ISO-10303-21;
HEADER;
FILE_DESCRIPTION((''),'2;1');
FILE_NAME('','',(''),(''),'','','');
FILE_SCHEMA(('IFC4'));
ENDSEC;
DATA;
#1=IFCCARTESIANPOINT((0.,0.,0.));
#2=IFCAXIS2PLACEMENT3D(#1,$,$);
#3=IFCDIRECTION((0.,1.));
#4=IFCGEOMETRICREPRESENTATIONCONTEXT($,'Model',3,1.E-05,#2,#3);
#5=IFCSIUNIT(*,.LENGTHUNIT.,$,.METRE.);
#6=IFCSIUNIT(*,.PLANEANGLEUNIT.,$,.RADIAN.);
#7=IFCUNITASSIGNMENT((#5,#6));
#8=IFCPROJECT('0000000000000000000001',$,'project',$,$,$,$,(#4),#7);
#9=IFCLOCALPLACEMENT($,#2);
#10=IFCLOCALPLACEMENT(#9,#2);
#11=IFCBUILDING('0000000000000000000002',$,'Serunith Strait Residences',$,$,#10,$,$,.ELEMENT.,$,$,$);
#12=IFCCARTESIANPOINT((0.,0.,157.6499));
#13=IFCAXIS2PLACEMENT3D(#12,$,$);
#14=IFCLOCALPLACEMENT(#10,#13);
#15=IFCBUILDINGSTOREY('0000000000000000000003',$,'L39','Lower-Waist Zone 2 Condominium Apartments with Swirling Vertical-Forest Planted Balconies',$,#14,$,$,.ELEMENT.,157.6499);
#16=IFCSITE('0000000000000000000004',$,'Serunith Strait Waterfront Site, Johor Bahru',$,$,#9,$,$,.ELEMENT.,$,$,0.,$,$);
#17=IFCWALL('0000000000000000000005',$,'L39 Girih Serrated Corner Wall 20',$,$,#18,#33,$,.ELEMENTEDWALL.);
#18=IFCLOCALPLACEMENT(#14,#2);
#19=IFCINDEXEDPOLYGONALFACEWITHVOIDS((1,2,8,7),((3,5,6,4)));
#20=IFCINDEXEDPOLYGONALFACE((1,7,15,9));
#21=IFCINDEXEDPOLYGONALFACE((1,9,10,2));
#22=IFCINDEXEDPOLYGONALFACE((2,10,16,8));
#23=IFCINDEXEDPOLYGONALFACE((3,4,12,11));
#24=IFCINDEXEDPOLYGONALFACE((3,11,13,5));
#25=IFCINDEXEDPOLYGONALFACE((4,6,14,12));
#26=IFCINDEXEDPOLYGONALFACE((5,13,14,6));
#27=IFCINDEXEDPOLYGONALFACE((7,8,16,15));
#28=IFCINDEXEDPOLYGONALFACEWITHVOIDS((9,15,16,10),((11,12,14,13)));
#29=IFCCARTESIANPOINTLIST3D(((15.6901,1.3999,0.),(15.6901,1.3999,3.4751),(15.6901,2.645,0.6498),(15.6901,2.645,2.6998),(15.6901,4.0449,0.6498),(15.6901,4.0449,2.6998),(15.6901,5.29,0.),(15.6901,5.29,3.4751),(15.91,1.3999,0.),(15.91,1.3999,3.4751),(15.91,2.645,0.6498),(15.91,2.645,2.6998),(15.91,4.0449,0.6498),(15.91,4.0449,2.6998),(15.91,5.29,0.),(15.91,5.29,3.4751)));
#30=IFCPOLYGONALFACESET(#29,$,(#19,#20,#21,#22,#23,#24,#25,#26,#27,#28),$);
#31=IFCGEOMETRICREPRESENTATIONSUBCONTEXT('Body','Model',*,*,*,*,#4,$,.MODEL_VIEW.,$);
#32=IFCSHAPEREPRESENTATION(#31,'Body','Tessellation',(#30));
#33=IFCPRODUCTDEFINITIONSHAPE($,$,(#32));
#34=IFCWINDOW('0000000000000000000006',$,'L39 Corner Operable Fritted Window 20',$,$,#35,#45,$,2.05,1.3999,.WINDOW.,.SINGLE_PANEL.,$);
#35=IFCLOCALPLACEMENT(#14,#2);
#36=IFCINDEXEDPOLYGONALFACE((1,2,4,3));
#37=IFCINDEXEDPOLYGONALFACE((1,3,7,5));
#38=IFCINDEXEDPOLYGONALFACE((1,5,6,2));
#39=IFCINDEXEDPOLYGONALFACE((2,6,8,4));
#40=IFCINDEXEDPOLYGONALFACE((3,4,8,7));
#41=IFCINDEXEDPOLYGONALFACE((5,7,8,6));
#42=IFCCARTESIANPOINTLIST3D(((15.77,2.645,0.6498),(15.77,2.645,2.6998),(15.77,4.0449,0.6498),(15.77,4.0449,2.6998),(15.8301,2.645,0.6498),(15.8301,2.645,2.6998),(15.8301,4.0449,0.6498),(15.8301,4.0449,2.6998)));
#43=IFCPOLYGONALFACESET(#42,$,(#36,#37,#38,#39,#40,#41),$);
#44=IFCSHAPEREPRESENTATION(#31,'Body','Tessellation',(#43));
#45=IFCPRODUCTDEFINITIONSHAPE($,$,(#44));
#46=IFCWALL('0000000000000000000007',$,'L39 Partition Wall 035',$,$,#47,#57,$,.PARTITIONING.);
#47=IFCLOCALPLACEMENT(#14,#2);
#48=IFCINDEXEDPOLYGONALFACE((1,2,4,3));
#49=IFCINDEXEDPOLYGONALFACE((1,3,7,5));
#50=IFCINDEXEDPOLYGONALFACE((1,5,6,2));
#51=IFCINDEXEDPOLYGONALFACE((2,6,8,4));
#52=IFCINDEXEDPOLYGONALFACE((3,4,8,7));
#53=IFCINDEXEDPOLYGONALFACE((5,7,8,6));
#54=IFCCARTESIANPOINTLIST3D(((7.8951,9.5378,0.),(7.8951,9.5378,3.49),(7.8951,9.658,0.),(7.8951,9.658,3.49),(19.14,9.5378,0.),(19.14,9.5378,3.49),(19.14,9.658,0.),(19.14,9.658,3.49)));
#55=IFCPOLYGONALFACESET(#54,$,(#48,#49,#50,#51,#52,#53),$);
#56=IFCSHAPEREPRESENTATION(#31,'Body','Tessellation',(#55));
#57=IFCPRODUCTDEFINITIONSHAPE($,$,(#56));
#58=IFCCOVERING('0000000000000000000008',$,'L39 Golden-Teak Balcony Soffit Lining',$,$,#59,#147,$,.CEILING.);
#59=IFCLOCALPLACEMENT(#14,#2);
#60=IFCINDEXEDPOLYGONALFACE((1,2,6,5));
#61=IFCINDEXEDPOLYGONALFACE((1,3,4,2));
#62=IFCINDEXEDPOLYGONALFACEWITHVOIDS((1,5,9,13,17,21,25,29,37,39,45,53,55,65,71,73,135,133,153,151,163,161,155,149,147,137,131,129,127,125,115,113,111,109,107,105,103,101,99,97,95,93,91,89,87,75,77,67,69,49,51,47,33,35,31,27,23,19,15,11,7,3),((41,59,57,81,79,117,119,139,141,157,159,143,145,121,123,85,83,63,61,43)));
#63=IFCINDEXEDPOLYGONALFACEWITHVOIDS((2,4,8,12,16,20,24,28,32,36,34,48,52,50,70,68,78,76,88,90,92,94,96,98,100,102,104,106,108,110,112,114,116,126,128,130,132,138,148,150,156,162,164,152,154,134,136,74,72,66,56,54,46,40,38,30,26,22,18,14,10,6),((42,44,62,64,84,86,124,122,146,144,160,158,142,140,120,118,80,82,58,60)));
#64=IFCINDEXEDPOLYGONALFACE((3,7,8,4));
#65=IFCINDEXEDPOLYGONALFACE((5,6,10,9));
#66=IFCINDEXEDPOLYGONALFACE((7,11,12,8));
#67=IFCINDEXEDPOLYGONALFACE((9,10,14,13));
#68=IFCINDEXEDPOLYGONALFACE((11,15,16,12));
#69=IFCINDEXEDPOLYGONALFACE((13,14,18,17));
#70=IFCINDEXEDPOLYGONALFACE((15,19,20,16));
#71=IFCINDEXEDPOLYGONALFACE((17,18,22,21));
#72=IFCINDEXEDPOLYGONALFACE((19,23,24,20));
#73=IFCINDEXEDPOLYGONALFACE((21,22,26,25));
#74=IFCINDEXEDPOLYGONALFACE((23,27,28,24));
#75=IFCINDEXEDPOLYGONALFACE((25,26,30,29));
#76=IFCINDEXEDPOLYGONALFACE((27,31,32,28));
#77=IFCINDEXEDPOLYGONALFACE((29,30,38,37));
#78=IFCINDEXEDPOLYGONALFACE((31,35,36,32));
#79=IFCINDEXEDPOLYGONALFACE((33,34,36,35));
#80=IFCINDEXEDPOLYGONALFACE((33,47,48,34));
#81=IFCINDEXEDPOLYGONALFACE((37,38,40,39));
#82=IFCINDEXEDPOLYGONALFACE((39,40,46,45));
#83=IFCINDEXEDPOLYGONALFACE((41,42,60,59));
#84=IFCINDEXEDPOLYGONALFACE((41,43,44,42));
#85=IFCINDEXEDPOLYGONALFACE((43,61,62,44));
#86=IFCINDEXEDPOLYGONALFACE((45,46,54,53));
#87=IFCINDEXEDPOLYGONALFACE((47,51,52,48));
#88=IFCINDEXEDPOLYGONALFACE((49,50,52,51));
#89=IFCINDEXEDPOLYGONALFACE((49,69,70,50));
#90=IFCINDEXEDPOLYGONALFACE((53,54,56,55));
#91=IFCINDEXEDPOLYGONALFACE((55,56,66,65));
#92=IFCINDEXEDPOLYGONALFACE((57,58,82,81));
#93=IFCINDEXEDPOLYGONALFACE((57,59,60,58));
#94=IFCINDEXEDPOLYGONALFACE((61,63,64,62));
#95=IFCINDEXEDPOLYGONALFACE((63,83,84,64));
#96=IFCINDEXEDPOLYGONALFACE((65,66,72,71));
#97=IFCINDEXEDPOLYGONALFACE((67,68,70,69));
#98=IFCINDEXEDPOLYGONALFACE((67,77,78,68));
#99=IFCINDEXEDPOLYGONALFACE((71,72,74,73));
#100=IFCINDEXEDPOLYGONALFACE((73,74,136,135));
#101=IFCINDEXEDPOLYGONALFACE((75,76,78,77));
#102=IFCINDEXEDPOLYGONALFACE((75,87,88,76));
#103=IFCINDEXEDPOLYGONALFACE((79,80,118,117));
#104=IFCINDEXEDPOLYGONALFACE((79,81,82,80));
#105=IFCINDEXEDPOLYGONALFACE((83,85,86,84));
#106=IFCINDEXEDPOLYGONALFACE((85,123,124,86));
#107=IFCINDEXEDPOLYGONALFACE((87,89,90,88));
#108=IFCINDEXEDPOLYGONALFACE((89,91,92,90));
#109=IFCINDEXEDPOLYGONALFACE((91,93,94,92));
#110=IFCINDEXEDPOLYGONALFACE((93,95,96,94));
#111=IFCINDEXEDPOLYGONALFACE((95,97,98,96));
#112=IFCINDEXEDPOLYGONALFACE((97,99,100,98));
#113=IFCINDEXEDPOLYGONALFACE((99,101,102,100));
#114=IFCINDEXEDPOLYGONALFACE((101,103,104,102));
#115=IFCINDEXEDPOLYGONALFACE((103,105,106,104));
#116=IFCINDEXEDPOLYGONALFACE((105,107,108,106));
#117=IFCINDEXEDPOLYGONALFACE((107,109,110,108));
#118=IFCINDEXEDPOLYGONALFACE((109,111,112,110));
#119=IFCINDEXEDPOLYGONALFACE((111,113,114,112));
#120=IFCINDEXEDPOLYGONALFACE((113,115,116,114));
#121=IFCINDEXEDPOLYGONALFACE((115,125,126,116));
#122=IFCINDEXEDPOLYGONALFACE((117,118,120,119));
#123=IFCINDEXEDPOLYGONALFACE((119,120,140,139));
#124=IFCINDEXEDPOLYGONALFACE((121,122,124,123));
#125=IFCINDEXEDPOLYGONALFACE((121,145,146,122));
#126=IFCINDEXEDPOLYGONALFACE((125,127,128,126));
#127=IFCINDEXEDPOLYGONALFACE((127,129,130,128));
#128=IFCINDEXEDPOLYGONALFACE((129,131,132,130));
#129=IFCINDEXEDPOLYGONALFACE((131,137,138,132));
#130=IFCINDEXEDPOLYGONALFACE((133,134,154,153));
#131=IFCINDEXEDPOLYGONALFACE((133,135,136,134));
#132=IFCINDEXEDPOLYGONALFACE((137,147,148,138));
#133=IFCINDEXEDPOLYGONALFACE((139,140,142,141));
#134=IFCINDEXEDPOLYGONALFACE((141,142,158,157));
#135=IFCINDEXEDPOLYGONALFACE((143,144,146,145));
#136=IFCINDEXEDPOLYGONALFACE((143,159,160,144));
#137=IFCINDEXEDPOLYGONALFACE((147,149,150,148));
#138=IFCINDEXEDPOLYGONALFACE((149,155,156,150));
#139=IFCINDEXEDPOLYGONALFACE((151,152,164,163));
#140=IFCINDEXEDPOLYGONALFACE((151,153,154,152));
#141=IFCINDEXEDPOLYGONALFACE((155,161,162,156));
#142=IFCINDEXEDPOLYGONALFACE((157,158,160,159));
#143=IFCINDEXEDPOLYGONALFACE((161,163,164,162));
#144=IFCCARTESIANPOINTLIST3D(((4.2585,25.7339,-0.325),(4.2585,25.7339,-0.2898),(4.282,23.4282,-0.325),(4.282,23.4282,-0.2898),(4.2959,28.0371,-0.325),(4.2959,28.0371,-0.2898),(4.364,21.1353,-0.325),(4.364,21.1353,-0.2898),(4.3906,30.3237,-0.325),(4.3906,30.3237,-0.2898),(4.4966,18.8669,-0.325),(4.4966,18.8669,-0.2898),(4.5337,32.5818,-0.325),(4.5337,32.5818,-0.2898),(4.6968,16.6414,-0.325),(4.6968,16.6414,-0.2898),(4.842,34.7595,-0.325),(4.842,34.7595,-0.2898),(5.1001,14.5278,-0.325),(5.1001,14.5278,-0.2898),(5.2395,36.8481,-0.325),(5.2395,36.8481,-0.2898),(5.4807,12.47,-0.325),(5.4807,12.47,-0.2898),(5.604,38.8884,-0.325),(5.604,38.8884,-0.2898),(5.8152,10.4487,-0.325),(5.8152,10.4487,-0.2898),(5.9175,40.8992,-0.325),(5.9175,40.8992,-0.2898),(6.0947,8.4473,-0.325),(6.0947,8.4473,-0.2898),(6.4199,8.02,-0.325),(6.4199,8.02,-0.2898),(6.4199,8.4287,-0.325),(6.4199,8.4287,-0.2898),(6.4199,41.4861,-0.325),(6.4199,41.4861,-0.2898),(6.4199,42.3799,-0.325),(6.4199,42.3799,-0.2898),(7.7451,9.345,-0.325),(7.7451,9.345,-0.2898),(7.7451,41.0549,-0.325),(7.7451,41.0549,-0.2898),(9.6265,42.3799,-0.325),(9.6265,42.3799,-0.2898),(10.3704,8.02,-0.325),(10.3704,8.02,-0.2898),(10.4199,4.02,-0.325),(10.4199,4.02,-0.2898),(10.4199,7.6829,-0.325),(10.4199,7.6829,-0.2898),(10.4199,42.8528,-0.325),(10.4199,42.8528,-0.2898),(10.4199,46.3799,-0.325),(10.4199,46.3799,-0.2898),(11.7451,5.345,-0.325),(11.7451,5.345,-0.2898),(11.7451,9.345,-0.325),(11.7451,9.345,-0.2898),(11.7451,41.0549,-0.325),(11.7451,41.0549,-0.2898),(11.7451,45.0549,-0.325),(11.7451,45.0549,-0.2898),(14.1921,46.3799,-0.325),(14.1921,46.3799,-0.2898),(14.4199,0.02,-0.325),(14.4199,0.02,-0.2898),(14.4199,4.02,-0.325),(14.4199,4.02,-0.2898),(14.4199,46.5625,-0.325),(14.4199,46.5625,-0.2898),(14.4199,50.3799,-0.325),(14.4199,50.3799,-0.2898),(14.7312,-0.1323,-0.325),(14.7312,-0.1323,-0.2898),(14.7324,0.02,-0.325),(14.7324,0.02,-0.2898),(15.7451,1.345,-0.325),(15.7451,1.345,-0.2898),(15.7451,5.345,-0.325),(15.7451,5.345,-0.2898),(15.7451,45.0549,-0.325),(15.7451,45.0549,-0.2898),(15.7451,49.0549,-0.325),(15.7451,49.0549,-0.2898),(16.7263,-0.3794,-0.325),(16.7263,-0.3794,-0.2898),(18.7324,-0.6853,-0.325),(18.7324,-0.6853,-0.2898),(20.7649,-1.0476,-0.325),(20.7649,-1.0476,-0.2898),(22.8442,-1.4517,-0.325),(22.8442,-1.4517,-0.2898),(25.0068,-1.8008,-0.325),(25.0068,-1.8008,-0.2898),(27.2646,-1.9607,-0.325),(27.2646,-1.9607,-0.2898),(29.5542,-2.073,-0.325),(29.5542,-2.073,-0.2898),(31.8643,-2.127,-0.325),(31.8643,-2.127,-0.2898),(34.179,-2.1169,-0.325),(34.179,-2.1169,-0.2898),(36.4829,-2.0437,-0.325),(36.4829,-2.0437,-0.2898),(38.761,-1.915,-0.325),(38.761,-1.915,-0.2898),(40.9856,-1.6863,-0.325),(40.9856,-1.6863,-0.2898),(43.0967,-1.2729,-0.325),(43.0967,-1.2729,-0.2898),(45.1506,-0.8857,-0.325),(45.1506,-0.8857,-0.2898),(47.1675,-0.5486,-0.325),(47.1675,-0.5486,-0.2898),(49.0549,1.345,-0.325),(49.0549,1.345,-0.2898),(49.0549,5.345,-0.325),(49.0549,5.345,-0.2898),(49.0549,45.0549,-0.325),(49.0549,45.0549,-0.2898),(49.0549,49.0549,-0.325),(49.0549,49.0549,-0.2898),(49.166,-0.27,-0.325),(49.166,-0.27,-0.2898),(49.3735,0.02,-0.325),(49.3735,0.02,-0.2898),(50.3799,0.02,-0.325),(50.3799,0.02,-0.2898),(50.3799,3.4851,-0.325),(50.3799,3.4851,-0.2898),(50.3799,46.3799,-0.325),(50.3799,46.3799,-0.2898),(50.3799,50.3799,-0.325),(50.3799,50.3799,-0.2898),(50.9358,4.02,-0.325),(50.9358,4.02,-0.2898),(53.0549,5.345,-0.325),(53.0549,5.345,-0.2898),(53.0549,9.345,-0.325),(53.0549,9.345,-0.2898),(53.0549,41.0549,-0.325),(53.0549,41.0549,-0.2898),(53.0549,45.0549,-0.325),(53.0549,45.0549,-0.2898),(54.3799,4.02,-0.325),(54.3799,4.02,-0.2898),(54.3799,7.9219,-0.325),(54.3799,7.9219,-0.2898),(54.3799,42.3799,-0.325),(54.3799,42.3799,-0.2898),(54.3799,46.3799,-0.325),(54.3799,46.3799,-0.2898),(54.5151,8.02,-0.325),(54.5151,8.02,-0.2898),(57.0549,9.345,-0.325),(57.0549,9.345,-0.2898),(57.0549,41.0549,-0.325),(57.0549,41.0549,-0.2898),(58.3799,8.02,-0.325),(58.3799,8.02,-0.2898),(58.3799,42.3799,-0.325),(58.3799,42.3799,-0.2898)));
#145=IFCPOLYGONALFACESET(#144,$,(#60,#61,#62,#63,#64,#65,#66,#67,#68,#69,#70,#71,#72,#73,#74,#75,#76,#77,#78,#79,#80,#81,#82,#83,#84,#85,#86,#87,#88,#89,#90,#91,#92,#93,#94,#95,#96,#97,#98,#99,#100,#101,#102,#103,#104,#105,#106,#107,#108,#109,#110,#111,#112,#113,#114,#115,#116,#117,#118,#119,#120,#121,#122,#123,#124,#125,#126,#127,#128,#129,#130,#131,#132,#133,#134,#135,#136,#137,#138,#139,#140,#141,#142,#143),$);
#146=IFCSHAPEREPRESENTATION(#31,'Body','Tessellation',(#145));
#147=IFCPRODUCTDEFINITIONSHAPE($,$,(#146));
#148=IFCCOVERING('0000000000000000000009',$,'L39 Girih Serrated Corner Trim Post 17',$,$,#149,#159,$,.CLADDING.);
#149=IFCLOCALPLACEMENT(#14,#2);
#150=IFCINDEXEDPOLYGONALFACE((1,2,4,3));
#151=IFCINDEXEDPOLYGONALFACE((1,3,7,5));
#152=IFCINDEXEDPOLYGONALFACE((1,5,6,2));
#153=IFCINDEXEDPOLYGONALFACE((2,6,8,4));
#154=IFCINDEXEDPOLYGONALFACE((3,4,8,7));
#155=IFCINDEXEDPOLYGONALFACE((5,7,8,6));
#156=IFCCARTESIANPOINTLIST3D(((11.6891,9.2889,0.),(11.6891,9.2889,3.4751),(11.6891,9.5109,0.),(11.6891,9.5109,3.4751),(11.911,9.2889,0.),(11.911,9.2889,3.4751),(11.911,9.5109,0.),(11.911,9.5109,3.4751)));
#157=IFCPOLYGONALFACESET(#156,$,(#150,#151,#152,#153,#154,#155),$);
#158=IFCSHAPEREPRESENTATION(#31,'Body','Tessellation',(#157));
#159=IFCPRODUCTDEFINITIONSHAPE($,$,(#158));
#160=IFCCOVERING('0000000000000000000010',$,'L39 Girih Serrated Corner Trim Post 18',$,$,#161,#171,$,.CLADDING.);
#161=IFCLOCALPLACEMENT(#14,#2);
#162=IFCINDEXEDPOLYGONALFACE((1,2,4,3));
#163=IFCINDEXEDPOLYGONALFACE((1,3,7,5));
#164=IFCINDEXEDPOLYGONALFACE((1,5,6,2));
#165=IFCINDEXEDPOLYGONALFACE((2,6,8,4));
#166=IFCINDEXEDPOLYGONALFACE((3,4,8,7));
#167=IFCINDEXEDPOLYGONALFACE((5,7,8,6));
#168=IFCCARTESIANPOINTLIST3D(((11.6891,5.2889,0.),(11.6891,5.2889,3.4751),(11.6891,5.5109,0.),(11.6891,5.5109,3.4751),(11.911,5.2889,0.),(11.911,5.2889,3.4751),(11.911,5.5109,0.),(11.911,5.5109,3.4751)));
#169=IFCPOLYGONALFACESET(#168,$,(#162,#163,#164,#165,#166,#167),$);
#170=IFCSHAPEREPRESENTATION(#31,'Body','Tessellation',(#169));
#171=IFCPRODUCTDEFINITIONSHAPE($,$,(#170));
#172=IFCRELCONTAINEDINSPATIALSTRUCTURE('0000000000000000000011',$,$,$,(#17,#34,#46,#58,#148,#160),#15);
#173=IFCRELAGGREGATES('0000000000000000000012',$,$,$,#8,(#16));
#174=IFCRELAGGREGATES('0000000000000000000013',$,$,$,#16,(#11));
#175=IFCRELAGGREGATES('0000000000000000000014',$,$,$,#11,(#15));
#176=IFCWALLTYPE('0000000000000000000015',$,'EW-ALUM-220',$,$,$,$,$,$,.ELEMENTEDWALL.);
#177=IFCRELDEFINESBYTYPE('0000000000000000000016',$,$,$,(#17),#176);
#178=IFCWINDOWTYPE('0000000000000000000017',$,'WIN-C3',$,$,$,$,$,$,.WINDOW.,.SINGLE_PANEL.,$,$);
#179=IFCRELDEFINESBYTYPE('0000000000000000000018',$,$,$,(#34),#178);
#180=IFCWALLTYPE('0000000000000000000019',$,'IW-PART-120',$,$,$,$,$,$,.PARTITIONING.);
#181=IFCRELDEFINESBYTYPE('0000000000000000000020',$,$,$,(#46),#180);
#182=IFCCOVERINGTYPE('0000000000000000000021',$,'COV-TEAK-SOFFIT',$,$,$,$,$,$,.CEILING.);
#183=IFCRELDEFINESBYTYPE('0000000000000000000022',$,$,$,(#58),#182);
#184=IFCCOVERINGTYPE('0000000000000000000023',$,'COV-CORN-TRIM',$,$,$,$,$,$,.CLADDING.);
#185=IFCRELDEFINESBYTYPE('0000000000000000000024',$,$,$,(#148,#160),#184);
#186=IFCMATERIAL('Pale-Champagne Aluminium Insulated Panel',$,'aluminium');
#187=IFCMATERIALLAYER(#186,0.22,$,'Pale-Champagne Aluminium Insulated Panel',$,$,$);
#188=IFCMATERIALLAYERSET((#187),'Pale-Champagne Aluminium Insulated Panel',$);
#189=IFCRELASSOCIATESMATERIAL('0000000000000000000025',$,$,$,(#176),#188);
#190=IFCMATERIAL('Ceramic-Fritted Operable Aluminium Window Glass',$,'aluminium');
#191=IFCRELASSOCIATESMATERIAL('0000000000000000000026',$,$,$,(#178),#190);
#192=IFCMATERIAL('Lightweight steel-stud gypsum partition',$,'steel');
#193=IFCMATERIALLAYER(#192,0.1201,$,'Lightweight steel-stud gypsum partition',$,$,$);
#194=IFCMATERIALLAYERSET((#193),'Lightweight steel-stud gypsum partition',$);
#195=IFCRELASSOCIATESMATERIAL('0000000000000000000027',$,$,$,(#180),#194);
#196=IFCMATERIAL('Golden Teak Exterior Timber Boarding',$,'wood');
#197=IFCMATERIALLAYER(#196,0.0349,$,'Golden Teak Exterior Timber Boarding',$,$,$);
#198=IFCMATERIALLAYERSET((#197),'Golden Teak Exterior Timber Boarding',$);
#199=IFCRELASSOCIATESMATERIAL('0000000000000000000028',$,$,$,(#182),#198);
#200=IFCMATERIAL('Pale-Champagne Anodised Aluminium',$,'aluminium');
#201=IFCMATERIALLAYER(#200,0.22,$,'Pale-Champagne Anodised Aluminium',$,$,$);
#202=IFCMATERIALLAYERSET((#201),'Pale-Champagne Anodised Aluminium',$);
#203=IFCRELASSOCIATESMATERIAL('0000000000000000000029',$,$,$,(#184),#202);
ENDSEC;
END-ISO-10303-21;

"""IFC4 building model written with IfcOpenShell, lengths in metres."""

from ifc_helpers import new_model, si_unit, direction, frame, frame_2d, origin, origin_2d, place, context, subcontext, project, spatial, polyline, rectangle, outline, extrude, source, transform, mapped, material, layer, layer_set, type_object, element, fill, save


model = new_model("IFC4")

# Units and contexts
model_context = context("Model", 3, precision=1e-05, world=origin(), true_north=direction((0.0, 1.0)))
body_context = subcontext(model_context, "Body", "Model", "MODEL_VIEW")
ifc_project = project(units=[si_unit("LENGTHUNIT", "METRE"), si_unit("PLANEANGLEUNIT", "RADIAN")], contexts=[model_context])

# Site, building, storey
site_placement = place(None, origin())
site = spatial("IfcSite", under=ifc_project, at=site_placement, Name="Serunith Strait Waterfront Site, Johor Bahru", CompositionType="ELEMENT", RefElevation=0.0)
building_placement = place(site_placement, origin())
building = spatial("IfcBuilding", under=site, at=building_placement, Name="Serunith Strait Residences", CompositionType="ELEMENT")
storey_placement = place(building_placement, frame((0.0, 0.0, 157.6499)))
storey = spatial("IfcBuildingStorey", under=building, at=storey_placement, Name="L39", Description="Lower-Waist Zone 2 Condominium Apartments with Swirling Vertical-Forest Planted Balconies", CompositionType="ELEMENT", Elevation=157.6499)

# Shared definitions
ifc_material_1 = material(Name="Pale-Champagne Anodised Aluminium", Category="aluminium")

# Shared definitions
ifc_material_2 = material(Name="Pale-Champagne Aluminium Insulated Panel", Category="aluminium")
ifc_layer_1 = layer(ifc_material_2, 0.22, Name="Pale-Champagne Aluminium Insulated Panel")
ifc_layer_set_1 = layer_set([ifc_layer_1], Name="Pale-Champagne Aluminium Insulated Panel")
wall_type_1 = type_object("IfcWallType", Name="EW-ALUM-220", PredefinedType="ELEMENTEDWALL", material=ifc_layer_set_1)

# Wall, opening, window
ifc_material_3 = material(Name="Ceramic-Fritted Operable Aluminium Window Glass", Category="aluminium")
window_type = type_object("IfcWindowType", Name="WIN-C3", PartitioningType="SINGLE_PANEL", PredefinedType="WINDOW", material=ifc_material_3)
shared_shape_1 = source(origin(), body_context, "Body", "SweptSolid", [
    extrude(rectangle(XDim=1.3999, YDim=2.05, at=frame_2d((0.7, 1.0249))), frame((0.0, 0.03, 0.0), z_axis=(0.0, -1.0, 0.0), x_axis=(1.0, 0.0, 0.0)), (0.0, 0.0, 1.0), 0.0601),
])
wall_1_placement = place(storey_placement, frame((15.8, 5.29, 0.0), z_axis=(0.0, 0.0, 1.0), x_axis=(0.0, -1.0, 0.0)))
wall_1 = element("IfcWall", 1, at=wall_1_placement, inside=storey, type_object=wall_type_1, Name="L39 Girih Serrated Corner Wall 20", PredefinedType="ELEMENTEDWALL", context=body_context, shape_type="SweptSolid", body=[
    extrude(rectangle(XDim=3.8901, YDim=0.22, at=frame_2d((1.9451, 0.0))), origin(), (0.0, 0.0, 1.0), 3.4751),
])
opening_1_placement = place(wall_1_placement, frame((1.2451, 0.0, 0.6499)))
opening_1 = element("IfcOpeningElement", 2, at=opening_1_placement, cuts=wall_1, PredefinedType="OPENING", context=body_context, shape_type="SweptSolid", body=[
    extrude(rectangle(XDim=1.3999, YDim=2.05, at=frame_2d((0.7, 1.0249))), frame((0.0, 0.1201, 0.0), z_axis=(0.0, -1.0, 0.0), x_axis=(1.0, 0.0, 0.0)), (0.0, 0.0, 1.0), 0.24),
])
window_1_placement = place(opening_1_placement, origin())
window_1 = element("IfcWindow", 3, at=window_1_placement, inside=storey, type_object=window_type, Name="L39 Corner Operable Fritted Window 20", OverallHeight=2.05, OverallWidth=1.3999, PartitioningType="SINGLE_PANEL", PredefinedType="WINDOW", context=body_context, shape_type="MappedRepresentation", body=[
    mapped(shared_shape_1, transform((0.0, 0.0, 0.0), scale=1.0)),
])
fill(opening_1, window_1)

# Wall
ifc_material_4 = material(Name="Lightweight steel-stud gypsum partition", Category="steel")
ifc_layer_2 = layer(ifc_material_4, 0.1201, Name="Lightweight steel-stud gypsum partition")
ifc_layer_set_2 = layer_set([ifc_layer_2], Name="Lightweight steel-stud gypsum partition")
wall_type_2 = type_object("IfcWallType", Name="IW-PART-120", PredefinedType="PARTITIONING", material=ifc_layer_set_2)
wall_2_placement = place(storey_placement, frame((7.895, 9.5979, 0.0), z_axis=(0.0, 0.0, 1.0), x_axis=(1.0, 0.0, 0.0)))
element("IfcWall", 4, at=wall_2_placement, inside=storey, type_object=wall_type_2, Name="L39 Partition Wall 035", PredefinedType="PARTITIONING", context=body_context, shape_type="SweptSolid", body=[
    extrude(rectangle(XDim=11.2449, YDim=0.1201, at=frame_2d((5.6226, 0.0))), origin(), (0.0, 0.0, 1.0), 3.49),
])

# Covering
ifc_material_5 = material(Name="Golden Teak Exterior Timber Boarding", Category="wood")
ifc_layer_3 = layer(ifc_material_5, 0.0349, Name="Golden Teak Exterior Timber Boarding")
ifc_layer_set_3 = layer_set([ifc_layer_3], Name="Golden Teak Exterior Timber Boarding")
covering_type_1 = type_object("IfcCoveringType", Name="COV-TEAK-SOFFIT", PredefinedType="CEILING", material=ifc_layer_set_3)
covering_placement = place(storey_placement, frame((0.0, 0.0, -0.325)))
element("IfcCovering", 5, at=covering_placement, inside=storey, type_object=covering_type_1, Name="L39 Golden-Teak Balcony Soffit Lining", PredefinedType="CEILING", context=body_context, shape_type="SweptSolid", body=[
    extrude(outline(polyline([(14.4199, 0.02), (14.4199, 4.02), (10.4199, 4.02), (10.4199, 7.6829), (10.3704, 8.02), (6.4199, 8.02), (6.4199, 8.4287), (6.0947, 8.4473), (5.8152, 10.4487), (5.4807, 12.47), (5.1001, 14.5278), (4.6968, 16.6414), (4.4966, 18.8669), (4.364, 21.1353), (4.282, 23.4282), (4.2585, 25.7339), (4.2959, 28.0371), (4.3906, 30.3237), (4.5337, 32.5818), (4.842, 34.7595), (5.2395, 36.8481), (5.604, 38.8884), (5.9175, 40.8992), (6.4199, 41.4861), (6.4199, 42.3799), (9.6265, 42.3799), (10.4199, 42.8528), (10.4199, 46.3799), (14.1921, 46.3799), (14.4199, 46.5625), (14.4199, 50.3799), (50.3799, 50.3799), (50.3799, 46.3799), (54.3799, 46.3799), (54.3799, 42.3799), (58.3799, 42.3799), (58.3799, 8.02), (54.5151, 8.02), (54.3799, 7.9219), (54.3799, 4.02), (50.9358, 4.02), (50.3799, 3.4851), (50.3799, 0.02), (49.3735, 0.02), (49.166, -0.27), (47.1675, -0.5486), (45.1506, -0.8857), (43.0967, -1.2729), (40.9856, -1.6863), (38.761, -1.915), (36.4829, -2.0437), (34.179, -2.1169), (31.8643, -2.127), (29.5542, -2.073), (27.2646, -1.9607), (25.0068, -1.8008), (22.8442, -1.4517), (20.7649, -1.0476), (18.7324, -0.6853), (16.7263, -0.3794), (14.7312, -0.1323), (14.7324, 0.02), (14.4199, 0.02)]), holes=[polyline([(49.0549, 1.345), (49.0549, 5.345), (53.0549, 5.345), (53.0549, 9.345), (57.0549, 9.345), (57.0549, 41.0549), (53.0549, 41.0549), (53.0549, 45.0549), (49.0549, 45.0549), (49.0549, 49.0549), (15.7451, 49.0549), (15.7451, 45.0549), (11.7451, 45.0549), (11.7451, 41.0549), (7.7451, 41.0549), (7.7451, 9.345), (11.7451, 9.345), (11.7451, 5.345), (15.7451, 5.345), (15.7451, 1.345), (49.0549, 1.345)])]), origin(), (0.0, 0.0, 1.0), 0.0352),
])

# Coverings
ifc_layer_4 = layer(ifc_material_1, 0.22, Name="Pale-Champagne Anodised Aluminium")
ifc_layer_set_4 = layer_set([ifc_layer_4], Name="Pale-Champagne Anodised Aluminium")
covering_type_2 = type_object("IfcCoveringType", Name="COV-CORN-TRIM", PredefinedType="CLADDING", material=ifc_layer_set_4)
shared_shape_2 = source(origin(), body_context, "Body", "SweptSolid", [
    extrude(rectangle(XDim=0.2219, YDim=0.2219, at=origin_2d()), origin(), (0.0, 0.0, 1.0), 3.4751),
])
for number, where, z_axis, x_axis, name in (
    (6, (11.8, 9.3999, 0.0), (0.0, 0.0, 1.0), (1.0, 0.0, 0.0), "L39 Girih Serrated Corner Trim Post 17"),
    (7, (11.8, 5.3999, 0.0), (0.0, 0.0, 1.0), (1.0, 0.0, 0.0), "L39 Girih Serrated Corner Trim Post 18"),
):
    element("IfcCovering", number, at=place(storey_placement, frame(where, z_axis=z_axis, x_axis=x_axis)), inside=storey, type_object=covering_type_2, Name=name, PredefinedType="CLADDING", context=body_context, shape_type="MappedRepresentation", body=[
        mapped(shared_shape_2, transform((0.0, 0.0, 0.0), scale=1.0)),
    ])

save(model, "model.ifc")
